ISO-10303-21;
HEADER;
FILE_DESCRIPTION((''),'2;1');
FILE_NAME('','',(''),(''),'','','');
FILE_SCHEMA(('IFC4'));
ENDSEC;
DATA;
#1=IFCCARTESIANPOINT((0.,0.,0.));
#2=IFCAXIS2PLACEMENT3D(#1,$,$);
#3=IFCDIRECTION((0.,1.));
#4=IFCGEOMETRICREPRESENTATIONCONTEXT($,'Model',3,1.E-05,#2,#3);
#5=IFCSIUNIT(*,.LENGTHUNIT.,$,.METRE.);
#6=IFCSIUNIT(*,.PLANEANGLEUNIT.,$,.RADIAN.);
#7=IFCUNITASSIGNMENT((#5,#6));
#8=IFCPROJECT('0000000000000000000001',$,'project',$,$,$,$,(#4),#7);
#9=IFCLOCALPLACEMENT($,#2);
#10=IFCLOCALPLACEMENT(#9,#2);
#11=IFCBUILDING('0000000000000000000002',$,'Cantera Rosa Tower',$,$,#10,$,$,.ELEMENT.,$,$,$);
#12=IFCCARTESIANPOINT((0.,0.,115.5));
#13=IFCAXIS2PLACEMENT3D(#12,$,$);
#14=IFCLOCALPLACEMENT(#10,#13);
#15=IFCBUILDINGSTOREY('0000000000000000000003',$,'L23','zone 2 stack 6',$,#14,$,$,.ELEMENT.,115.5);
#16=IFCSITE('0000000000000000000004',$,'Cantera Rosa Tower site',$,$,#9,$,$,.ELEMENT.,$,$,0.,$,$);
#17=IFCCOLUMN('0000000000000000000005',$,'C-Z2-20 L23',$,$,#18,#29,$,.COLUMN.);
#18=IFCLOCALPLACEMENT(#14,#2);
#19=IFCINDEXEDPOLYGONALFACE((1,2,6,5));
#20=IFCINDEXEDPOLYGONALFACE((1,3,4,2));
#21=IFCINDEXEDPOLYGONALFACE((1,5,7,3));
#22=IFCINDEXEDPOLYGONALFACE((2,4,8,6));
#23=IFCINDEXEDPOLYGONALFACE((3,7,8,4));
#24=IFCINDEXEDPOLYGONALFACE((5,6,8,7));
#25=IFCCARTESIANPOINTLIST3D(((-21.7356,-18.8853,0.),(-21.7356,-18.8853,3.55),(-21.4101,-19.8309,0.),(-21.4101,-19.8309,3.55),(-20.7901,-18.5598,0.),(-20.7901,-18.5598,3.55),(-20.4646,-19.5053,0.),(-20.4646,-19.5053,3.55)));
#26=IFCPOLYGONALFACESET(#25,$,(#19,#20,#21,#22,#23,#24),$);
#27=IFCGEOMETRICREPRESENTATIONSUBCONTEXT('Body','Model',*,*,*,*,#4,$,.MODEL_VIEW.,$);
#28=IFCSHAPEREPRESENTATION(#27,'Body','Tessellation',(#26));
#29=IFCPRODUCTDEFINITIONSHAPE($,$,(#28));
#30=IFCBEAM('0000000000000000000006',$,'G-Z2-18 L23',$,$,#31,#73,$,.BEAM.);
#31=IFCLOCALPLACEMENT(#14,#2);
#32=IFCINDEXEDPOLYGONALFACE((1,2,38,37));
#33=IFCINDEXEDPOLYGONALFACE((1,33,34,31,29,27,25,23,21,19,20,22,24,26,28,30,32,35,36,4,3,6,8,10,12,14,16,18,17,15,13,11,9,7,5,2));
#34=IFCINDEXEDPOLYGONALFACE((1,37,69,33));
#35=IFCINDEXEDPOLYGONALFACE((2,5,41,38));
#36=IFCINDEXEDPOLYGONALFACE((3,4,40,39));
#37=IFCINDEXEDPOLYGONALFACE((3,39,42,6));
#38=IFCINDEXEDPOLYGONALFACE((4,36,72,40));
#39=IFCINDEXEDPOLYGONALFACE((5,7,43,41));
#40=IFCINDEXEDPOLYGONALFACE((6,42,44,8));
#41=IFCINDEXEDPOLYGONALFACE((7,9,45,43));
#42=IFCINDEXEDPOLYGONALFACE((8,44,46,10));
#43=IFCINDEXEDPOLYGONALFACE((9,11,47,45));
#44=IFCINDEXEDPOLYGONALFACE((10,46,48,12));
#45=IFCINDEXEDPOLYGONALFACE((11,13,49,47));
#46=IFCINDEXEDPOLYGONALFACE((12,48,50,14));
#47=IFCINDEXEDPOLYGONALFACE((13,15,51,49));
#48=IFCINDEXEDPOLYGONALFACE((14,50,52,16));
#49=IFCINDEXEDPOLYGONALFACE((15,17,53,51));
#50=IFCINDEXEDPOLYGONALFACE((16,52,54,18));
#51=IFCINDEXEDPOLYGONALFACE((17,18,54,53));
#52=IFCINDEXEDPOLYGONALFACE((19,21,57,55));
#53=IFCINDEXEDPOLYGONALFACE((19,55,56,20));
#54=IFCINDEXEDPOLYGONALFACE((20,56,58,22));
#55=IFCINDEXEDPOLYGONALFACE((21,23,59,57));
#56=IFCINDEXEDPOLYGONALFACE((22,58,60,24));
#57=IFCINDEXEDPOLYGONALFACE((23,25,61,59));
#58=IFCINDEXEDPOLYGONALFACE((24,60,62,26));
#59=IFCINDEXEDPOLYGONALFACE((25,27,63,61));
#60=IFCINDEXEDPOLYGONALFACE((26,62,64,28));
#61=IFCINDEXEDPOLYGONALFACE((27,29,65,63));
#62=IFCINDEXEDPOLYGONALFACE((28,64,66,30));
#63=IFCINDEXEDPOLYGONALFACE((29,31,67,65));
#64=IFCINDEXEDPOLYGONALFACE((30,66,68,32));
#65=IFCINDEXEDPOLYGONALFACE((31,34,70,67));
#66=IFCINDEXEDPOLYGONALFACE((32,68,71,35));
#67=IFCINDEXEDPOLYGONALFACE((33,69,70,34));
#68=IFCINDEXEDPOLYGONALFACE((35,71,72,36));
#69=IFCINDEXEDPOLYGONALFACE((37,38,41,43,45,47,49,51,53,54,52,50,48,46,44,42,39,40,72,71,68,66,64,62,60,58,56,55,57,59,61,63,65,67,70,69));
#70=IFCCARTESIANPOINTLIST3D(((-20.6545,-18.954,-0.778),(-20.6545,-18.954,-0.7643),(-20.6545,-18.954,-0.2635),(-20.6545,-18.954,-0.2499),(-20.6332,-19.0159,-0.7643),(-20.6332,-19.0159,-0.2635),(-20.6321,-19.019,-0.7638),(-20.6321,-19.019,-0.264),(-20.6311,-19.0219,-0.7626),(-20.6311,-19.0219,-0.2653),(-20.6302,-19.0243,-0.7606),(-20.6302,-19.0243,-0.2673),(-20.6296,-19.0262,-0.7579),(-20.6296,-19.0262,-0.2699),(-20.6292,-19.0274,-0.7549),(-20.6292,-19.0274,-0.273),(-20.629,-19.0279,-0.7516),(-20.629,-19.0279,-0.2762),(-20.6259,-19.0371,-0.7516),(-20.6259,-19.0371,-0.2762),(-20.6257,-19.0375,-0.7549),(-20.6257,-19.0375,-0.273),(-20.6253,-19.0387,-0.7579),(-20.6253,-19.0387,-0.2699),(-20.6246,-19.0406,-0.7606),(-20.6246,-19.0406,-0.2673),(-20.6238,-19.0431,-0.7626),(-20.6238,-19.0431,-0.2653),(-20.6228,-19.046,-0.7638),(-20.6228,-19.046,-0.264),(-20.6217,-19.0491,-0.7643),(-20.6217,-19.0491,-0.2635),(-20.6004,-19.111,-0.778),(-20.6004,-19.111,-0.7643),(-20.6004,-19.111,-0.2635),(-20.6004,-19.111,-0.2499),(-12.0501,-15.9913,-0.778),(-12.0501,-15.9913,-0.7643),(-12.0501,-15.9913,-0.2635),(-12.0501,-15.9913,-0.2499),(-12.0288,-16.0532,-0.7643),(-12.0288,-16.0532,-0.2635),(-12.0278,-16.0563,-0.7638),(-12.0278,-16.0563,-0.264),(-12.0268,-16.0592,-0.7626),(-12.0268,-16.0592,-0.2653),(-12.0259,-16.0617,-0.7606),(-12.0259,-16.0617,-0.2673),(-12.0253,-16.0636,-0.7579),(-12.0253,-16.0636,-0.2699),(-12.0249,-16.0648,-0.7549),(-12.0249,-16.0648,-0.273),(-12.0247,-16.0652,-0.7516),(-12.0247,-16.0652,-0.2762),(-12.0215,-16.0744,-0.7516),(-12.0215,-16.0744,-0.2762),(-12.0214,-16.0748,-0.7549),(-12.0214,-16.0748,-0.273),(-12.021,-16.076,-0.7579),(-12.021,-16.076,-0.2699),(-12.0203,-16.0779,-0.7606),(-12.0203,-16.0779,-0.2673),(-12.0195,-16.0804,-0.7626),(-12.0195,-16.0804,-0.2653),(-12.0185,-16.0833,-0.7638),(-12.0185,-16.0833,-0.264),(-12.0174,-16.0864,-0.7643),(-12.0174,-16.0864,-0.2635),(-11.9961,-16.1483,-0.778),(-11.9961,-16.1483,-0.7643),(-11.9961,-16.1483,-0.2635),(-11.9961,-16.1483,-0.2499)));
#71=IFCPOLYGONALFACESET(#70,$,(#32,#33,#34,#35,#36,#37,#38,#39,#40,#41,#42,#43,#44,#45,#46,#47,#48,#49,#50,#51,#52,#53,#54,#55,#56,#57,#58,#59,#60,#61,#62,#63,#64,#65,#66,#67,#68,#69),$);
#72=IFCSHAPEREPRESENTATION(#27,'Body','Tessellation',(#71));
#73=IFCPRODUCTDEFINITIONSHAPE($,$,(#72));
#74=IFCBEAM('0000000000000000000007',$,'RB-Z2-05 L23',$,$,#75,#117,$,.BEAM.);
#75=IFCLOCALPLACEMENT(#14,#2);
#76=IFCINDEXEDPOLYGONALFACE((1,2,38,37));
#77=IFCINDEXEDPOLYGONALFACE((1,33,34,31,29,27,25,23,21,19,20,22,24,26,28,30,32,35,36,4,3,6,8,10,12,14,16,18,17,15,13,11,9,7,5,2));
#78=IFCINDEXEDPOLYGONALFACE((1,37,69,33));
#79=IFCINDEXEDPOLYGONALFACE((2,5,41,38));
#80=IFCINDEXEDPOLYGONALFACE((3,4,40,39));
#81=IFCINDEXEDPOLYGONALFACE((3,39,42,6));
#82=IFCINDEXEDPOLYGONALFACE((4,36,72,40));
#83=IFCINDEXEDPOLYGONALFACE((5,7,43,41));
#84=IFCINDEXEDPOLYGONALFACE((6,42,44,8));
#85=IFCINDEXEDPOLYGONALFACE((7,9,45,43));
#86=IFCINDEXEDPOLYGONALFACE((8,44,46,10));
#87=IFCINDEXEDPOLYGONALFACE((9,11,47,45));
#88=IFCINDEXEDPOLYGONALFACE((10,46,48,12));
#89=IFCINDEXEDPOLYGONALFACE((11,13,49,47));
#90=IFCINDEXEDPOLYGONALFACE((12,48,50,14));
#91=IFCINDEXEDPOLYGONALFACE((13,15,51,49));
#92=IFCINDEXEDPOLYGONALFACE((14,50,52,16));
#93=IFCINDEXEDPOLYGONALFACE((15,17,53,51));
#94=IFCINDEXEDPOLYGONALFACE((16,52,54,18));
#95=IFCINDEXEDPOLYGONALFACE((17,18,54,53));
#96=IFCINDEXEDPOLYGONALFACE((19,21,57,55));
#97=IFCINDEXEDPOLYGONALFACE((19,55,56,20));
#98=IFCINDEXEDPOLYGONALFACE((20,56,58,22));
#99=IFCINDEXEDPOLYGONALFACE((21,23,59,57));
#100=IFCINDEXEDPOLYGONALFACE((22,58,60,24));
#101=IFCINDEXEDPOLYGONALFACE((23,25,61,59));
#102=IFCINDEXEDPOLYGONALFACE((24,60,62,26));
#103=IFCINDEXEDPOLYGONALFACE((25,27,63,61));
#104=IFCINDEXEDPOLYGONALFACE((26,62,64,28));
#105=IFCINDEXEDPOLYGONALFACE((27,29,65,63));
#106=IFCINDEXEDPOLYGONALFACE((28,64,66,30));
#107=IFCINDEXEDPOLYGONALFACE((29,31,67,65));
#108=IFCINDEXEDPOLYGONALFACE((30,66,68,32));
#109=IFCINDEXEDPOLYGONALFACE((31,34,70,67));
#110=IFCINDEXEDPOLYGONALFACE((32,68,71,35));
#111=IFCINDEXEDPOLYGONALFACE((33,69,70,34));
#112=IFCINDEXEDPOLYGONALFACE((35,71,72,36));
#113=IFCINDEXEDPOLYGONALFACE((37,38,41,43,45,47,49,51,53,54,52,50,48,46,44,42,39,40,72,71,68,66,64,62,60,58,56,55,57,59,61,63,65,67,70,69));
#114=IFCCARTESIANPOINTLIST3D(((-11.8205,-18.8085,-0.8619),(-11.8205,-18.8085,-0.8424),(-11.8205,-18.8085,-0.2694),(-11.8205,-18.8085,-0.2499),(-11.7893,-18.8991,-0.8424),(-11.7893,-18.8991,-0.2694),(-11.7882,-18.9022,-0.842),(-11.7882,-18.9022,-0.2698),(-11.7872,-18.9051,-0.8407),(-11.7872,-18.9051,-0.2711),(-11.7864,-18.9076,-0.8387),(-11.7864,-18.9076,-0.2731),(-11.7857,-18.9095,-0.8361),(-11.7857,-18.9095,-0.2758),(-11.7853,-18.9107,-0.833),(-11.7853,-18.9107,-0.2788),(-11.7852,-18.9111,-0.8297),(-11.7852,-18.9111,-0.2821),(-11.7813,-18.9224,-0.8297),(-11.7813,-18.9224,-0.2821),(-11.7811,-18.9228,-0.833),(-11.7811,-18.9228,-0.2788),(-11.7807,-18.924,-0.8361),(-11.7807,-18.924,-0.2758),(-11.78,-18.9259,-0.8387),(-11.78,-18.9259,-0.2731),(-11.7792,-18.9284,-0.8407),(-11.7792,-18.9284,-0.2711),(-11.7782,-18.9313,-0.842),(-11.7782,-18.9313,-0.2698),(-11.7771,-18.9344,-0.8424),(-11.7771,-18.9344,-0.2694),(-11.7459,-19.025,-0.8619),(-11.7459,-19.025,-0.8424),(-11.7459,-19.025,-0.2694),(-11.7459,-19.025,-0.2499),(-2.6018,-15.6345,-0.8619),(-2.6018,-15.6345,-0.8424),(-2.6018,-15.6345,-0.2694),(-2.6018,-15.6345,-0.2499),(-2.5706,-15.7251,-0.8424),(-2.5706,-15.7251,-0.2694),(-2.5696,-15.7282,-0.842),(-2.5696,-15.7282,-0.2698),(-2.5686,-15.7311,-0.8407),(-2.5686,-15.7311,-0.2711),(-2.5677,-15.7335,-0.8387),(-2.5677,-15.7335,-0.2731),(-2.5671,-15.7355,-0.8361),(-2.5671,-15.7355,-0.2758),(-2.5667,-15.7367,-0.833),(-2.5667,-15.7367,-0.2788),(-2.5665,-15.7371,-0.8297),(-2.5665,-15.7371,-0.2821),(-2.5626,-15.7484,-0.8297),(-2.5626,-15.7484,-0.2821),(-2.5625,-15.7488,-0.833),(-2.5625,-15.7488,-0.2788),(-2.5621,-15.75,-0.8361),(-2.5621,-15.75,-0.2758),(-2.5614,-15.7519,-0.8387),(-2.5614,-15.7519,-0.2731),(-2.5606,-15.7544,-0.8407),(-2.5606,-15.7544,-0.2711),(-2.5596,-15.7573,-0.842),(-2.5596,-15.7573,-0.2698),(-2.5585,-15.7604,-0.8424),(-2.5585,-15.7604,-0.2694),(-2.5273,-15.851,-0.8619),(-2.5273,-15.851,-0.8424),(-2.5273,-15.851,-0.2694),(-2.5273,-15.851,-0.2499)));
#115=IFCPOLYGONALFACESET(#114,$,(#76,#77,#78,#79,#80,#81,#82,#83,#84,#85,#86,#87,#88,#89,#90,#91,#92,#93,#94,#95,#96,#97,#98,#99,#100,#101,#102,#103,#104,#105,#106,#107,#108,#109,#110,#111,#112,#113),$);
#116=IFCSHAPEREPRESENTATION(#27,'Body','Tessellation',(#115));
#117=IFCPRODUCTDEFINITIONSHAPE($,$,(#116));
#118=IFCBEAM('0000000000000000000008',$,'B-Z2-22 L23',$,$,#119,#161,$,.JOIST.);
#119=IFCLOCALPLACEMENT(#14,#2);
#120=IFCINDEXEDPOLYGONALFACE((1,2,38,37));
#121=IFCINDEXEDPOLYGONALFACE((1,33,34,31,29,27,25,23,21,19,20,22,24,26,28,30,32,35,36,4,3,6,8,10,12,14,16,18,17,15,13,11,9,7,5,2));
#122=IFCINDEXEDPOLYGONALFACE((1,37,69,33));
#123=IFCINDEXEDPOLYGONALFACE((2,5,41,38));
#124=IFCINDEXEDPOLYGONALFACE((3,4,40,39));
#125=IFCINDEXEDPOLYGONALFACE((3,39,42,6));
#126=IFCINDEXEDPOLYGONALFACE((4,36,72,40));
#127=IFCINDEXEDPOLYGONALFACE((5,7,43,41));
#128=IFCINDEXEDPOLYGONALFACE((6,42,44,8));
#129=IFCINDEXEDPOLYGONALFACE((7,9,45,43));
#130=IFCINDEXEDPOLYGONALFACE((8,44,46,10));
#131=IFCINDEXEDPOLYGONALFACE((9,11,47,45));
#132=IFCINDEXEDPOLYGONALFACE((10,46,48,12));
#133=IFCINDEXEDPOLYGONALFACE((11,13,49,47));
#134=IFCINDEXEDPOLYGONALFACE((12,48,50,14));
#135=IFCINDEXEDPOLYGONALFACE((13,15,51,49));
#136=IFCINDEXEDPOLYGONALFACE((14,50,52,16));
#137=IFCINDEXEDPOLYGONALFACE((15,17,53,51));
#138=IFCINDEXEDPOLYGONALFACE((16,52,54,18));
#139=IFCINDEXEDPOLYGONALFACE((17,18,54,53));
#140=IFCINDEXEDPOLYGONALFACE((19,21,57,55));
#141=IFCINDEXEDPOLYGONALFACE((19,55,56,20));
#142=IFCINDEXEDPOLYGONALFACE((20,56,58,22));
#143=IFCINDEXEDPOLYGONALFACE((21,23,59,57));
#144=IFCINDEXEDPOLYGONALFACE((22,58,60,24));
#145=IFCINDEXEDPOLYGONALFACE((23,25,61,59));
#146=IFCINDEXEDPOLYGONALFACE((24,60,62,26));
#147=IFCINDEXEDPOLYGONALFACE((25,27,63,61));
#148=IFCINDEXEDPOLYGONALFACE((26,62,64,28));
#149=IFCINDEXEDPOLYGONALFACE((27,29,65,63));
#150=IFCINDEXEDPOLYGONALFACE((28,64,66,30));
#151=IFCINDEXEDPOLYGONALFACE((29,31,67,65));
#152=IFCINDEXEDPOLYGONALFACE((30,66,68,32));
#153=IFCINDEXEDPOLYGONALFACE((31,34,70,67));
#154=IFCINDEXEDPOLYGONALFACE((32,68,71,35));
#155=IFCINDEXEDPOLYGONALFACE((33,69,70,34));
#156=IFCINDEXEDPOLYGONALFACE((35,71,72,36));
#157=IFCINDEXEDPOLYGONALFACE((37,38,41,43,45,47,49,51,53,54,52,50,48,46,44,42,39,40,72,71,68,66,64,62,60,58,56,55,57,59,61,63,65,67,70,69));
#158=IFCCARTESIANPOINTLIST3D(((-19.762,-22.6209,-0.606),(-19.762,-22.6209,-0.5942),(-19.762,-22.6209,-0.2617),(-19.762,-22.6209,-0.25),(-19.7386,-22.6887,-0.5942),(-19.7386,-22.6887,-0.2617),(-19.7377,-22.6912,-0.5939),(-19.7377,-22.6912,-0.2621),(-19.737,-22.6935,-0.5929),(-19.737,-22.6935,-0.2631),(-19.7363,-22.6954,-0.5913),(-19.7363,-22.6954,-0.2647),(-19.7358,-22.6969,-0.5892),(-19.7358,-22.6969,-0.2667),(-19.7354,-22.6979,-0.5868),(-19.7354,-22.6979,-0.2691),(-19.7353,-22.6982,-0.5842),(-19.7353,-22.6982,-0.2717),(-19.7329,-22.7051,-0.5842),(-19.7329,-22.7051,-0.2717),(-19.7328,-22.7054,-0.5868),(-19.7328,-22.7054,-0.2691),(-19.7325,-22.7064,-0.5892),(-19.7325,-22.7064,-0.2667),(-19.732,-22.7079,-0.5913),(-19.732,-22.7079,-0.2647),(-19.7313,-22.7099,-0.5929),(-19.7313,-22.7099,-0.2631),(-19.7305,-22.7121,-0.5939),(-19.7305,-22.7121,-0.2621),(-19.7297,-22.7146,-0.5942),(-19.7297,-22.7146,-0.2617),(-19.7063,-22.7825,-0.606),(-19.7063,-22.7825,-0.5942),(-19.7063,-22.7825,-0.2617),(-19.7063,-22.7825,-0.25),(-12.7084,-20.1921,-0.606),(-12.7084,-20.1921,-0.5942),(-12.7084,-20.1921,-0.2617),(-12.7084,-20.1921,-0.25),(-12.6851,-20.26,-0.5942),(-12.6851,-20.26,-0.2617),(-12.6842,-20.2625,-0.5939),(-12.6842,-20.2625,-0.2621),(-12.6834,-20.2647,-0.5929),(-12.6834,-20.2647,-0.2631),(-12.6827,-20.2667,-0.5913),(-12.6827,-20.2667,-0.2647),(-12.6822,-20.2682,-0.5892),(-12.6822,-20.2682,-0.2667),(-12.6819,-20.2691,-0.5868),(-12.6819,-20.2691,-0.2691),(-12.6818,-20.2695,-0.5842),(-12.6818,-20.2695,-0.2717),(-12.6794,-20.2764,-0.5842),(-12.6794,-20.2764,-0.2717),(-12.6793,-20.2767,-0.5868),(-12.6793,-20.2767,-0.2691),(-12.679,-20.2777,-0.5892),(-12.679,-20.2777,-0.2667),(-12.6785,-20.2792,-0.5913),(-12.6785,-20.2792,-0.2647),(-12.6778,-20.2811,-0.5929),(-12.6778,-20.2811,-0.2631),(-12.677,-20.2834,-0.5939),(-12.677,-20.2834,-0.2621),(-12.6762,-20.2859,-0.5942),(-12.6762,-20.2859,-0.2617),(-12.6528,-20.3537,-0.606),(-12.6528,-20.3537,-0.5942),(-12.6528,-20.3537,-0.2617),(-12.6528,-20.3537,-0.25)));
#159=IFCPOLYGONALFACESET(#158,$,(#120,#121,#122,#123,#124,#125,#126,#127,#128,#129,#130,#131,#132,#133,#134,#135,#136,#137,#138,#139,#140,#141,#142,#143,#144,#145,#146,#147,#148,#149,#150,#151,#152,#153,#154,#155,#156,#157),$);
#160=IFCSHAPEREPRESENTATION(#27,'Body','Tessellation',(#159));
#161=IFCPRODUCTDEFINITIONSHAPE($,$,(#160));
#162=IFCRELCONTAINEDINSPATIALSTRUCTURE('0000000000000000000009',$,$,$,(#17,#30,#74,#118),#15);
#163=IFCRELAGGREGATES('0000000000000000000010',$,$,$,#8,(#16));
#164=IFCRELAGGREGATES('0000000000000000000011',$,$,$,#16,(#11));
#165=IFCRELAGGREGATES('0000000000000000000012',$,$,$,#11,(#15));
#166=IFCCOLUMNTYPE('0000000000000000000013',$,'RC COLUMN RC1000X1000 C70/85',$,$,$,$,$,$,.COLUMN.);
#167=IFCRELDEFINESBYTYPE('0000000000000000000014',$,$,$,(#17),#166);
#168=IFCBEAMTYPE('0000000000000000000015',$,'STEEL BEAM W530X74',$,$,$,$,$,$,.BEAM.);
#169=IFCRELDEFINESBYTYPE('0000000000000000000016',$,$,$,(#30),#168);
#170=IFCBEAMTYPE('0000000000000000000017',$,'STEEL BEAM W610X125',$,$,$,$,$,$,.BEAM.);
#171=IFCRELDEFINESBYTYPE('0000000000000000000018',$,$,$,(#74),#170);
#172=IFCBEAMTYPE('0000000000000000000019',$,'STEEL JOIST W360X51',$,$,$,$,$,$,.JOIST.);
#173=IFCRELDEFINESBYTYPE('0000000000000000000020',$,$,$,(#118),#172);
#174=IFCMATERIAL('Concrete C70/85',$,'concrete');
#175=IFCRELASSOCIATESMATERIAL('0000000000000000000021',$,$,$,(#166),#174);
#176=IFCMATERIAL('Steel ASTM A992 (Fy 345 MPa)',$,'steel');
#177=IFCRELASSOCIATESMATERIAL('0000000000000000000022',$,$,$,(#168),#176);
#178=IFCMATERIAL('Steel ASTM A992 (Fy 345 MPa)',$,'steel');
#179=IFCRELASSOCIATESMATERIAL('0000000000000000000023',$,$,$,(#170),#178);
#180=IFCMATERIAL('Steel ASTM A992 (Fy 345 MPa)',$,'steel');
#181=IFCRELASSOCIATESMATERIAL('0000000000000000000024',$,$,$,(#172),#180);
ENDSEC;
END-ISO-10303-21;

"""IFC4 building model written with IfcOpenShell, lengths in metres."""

from ifc_helpers import new_model, si_unit, direction, frame, origin, origin_2d, place, context, subcontext, project, spatial, rectangle, i_section, extrude, material, material_profile, profile_set, type_object, element, save


model = new_model("IFC4")

# Units and contexts
model_context = context("Model", 3, precision=1e-05, world=origin(), true_north=direction((0.0, 1.0)))
body_context = subcontext(model_context, "Body", "Model", "MODEL_VIEW")
ifc_project = project(units=[si_unit("LENGTHUNIT", "METRE"), si_unit("PLANEANGLEUNIT", "RADIAN")], contexts=[model_context])

# Site, building, storey
site_placement = place(None, origin())
site = spatial("IfcSite", under=ifc_project, at=site_placement, Name="Cantera Rosa Tower site", CompositionType="ELEMENT", RefElevation=0.0)
building_placement = place(site_placement, origin())
building = spatial("IfcBuilding", under=site, at=building_placement, Name="Cantera Rosa Tower", CompositionType="ELEMENT")
storey_placement = place(building_placement, frame((0.0, 0.0, 115.5)))
storey = spatial("IfcBuildingStorey", under=building, at=storey_placement, Name="L23", Description="zone 2 stack 6", CompositionType="ELEMENT", Elevation=115.5)

# Column
ifc_material_1 = material(Name="Concrete C70/85", Category="concrete")
ifc_material_profile_1 = material_profile(ifc_material_1, rectangle(XDim=1.0, YDim=1.0, at=origin_2d()), Name="RC COLUMN RC1000X1000 C70/85")
ifc_profile_set_1 = profile_set([ifc_material_profile_1], Name="Concrete C70/85")
column_type = type_object("IfcColumnType", Name="RC COLUMN RC1000X1000 C70/85", PredefinedType="COLUMN", material=ifc_profile_set_1)
column_placement = place(storey_placement, frame((-21.1001, -19.1953, 0.0), z_axis=(0.0, 0.0, 1.0), x_axis=(0.945519, 0.325568, 0.0)))
element("IfcColumn", 1, at=column_placement, inside=storey, type_object=column_type, Name="C-Z2-20 L23", PredefinedType="COLUMN", context=body_context, shape_type="SweptSolid", body=[
    extrude(rectangle(XDim=1.0, YDim=1.0, at=origin_2d()), origin(), (0.0, 0.0, 1.0), 3.55),
])

# Beams
ifc_material_2 = material(Name="Steel ASTM A992 (Fy 345 MPa)", Category="steel")
ifc_material_profile_2 = material_profile(ifc_material_2, i_section(OverallWidth=0.166, OverallDepth=0.5281, WebThickness=0.0098, FlangeThickness=0.0137, FilletRadius=0.0127, at=origin_2d()), Name="W530X74")
ifc_profile_set_2 = profile_set([ifc_material_profile_2], Name="Steel ASTM A992 (Fy 345 MPa)")
beam_type_1 = type_object("IfcBeamType", Name="STEEL BEAM W530X74", PredefinedType="BEAM", material=ifc_profile_set_2)
beam_1_placement = place(storey_placement, frame((-20.6274, -19.0325, -0.5139), z_axis=(0.94552, 0.325565, 0.0), x_axis=(-0.325565, 0.94552, 0.0)))
element("IfcBeam", 2, at=beam_1_placement, inside=storey, type_object=beam_type_1, Name="G-Z2-18 L23", PredefinedType="BEAM", context=body_context, shape_type="SweptSolid", body=[
    extrude(i_section(OverallWidth=0.166, OverallDepth=0.5281, WebThickness=0.0098, FlangeThickness=0.0137, FilletRadius=0.0127, at=origin_2d()), origin(), (0.0, 0.0, 1.0), 9.1001),
])
ifc_material_3 = material(Name="Steel ASTM A992 (Fy 345 MPa)", Category="steel")
ifc_material_profile_3 = material_profile(ifc_material_3, i_section(OverallWidth=0.229, OverallDepth=0.6121, WebThickness=0.012, FlangeThickness=0.0195, FilletRadius=0.0127, at=origin_2d()), Name="W610X125")
ifc_profile_set_3 = profile_set([ifc_material_profile_3], Name="Steel ASTM A992 (Fy 345 MPa)")
beam_type_2 = type_object("IfcBeamType", Name="STEEL BEAM W610X125", PredefinedType="BEAM", material=ifc_profile_set_3)
beam_2_placement = place(storey_placement, frame((-11.7832, -18.9167, -0.5559), z_axis=(0.945525, 0.32555, 0.0), x_axis=(-0.32555, 0.945525, 0.0)))
element("IfcBeam", 3, at=beam_2_placement, inside=storey, type_object=beam_type_2, Name="RB-Z2-05 L23", PredefinedType="BEAM", context=body_context, shape_type="SweptSolid", body=[
    extrude(i_section(OverallWidth=0.229, OverallDepth=0.6121, WebThickness=0.012, FlangeThickness=0.0195, FilletRadius=0.0127, at=origin_2d()), origin(), (0.0, 0.0, 1.0), 9.7498),
])
ifc_material_4 = material(Name="Steel ASTM A992 (Fy 345 MPa)", Category="steel")
ifc_material_profile_4 = material_profile(ifc_material_4, i_section(OverallWidth=0.1709, OverallDepth=0.356, WebThickness=0.0073, FlangeThickness=0.0117, FilletRadius=0.01, at=origin_2d()), Name="W360X51")
ifc_profile_set_4 = profile_set([ifc_material_profile_4], Name="Steel ASTM A992 (Fy 345 MPa)")
beam_type_3 = type_object("IfcBeamType", Name="STEEL JOIST W360X51", PredefinedType="JOIST", material=ifc_profile_set_4)
beam_3_placement = place(storey_placement, frame((-19.7341, -22.7017, -0.428), z_axis=(0.945518, 0.325569, 0.0), x_axis=(-0.325569, 0.945518, 0.0)))
element("IfcBeam", 4, at=beam_3_placement, inside=storey, type_object=beam_type_3, Name="B-Z2-22 L23", PredefinedType="JOIST", context=body_context, shape_type="SweptSolid", body=[
    extrude(i_section(OverallWidth=0.1709, OverallDepth=0.356, WebThickness=0.0073, FlangeThickness=0.0117, FilletRadius=0.01, at=origin_2d()), origin(), (0.0, 0.0, 1.0), 7.46),
])

save(model, "model.ifc")
